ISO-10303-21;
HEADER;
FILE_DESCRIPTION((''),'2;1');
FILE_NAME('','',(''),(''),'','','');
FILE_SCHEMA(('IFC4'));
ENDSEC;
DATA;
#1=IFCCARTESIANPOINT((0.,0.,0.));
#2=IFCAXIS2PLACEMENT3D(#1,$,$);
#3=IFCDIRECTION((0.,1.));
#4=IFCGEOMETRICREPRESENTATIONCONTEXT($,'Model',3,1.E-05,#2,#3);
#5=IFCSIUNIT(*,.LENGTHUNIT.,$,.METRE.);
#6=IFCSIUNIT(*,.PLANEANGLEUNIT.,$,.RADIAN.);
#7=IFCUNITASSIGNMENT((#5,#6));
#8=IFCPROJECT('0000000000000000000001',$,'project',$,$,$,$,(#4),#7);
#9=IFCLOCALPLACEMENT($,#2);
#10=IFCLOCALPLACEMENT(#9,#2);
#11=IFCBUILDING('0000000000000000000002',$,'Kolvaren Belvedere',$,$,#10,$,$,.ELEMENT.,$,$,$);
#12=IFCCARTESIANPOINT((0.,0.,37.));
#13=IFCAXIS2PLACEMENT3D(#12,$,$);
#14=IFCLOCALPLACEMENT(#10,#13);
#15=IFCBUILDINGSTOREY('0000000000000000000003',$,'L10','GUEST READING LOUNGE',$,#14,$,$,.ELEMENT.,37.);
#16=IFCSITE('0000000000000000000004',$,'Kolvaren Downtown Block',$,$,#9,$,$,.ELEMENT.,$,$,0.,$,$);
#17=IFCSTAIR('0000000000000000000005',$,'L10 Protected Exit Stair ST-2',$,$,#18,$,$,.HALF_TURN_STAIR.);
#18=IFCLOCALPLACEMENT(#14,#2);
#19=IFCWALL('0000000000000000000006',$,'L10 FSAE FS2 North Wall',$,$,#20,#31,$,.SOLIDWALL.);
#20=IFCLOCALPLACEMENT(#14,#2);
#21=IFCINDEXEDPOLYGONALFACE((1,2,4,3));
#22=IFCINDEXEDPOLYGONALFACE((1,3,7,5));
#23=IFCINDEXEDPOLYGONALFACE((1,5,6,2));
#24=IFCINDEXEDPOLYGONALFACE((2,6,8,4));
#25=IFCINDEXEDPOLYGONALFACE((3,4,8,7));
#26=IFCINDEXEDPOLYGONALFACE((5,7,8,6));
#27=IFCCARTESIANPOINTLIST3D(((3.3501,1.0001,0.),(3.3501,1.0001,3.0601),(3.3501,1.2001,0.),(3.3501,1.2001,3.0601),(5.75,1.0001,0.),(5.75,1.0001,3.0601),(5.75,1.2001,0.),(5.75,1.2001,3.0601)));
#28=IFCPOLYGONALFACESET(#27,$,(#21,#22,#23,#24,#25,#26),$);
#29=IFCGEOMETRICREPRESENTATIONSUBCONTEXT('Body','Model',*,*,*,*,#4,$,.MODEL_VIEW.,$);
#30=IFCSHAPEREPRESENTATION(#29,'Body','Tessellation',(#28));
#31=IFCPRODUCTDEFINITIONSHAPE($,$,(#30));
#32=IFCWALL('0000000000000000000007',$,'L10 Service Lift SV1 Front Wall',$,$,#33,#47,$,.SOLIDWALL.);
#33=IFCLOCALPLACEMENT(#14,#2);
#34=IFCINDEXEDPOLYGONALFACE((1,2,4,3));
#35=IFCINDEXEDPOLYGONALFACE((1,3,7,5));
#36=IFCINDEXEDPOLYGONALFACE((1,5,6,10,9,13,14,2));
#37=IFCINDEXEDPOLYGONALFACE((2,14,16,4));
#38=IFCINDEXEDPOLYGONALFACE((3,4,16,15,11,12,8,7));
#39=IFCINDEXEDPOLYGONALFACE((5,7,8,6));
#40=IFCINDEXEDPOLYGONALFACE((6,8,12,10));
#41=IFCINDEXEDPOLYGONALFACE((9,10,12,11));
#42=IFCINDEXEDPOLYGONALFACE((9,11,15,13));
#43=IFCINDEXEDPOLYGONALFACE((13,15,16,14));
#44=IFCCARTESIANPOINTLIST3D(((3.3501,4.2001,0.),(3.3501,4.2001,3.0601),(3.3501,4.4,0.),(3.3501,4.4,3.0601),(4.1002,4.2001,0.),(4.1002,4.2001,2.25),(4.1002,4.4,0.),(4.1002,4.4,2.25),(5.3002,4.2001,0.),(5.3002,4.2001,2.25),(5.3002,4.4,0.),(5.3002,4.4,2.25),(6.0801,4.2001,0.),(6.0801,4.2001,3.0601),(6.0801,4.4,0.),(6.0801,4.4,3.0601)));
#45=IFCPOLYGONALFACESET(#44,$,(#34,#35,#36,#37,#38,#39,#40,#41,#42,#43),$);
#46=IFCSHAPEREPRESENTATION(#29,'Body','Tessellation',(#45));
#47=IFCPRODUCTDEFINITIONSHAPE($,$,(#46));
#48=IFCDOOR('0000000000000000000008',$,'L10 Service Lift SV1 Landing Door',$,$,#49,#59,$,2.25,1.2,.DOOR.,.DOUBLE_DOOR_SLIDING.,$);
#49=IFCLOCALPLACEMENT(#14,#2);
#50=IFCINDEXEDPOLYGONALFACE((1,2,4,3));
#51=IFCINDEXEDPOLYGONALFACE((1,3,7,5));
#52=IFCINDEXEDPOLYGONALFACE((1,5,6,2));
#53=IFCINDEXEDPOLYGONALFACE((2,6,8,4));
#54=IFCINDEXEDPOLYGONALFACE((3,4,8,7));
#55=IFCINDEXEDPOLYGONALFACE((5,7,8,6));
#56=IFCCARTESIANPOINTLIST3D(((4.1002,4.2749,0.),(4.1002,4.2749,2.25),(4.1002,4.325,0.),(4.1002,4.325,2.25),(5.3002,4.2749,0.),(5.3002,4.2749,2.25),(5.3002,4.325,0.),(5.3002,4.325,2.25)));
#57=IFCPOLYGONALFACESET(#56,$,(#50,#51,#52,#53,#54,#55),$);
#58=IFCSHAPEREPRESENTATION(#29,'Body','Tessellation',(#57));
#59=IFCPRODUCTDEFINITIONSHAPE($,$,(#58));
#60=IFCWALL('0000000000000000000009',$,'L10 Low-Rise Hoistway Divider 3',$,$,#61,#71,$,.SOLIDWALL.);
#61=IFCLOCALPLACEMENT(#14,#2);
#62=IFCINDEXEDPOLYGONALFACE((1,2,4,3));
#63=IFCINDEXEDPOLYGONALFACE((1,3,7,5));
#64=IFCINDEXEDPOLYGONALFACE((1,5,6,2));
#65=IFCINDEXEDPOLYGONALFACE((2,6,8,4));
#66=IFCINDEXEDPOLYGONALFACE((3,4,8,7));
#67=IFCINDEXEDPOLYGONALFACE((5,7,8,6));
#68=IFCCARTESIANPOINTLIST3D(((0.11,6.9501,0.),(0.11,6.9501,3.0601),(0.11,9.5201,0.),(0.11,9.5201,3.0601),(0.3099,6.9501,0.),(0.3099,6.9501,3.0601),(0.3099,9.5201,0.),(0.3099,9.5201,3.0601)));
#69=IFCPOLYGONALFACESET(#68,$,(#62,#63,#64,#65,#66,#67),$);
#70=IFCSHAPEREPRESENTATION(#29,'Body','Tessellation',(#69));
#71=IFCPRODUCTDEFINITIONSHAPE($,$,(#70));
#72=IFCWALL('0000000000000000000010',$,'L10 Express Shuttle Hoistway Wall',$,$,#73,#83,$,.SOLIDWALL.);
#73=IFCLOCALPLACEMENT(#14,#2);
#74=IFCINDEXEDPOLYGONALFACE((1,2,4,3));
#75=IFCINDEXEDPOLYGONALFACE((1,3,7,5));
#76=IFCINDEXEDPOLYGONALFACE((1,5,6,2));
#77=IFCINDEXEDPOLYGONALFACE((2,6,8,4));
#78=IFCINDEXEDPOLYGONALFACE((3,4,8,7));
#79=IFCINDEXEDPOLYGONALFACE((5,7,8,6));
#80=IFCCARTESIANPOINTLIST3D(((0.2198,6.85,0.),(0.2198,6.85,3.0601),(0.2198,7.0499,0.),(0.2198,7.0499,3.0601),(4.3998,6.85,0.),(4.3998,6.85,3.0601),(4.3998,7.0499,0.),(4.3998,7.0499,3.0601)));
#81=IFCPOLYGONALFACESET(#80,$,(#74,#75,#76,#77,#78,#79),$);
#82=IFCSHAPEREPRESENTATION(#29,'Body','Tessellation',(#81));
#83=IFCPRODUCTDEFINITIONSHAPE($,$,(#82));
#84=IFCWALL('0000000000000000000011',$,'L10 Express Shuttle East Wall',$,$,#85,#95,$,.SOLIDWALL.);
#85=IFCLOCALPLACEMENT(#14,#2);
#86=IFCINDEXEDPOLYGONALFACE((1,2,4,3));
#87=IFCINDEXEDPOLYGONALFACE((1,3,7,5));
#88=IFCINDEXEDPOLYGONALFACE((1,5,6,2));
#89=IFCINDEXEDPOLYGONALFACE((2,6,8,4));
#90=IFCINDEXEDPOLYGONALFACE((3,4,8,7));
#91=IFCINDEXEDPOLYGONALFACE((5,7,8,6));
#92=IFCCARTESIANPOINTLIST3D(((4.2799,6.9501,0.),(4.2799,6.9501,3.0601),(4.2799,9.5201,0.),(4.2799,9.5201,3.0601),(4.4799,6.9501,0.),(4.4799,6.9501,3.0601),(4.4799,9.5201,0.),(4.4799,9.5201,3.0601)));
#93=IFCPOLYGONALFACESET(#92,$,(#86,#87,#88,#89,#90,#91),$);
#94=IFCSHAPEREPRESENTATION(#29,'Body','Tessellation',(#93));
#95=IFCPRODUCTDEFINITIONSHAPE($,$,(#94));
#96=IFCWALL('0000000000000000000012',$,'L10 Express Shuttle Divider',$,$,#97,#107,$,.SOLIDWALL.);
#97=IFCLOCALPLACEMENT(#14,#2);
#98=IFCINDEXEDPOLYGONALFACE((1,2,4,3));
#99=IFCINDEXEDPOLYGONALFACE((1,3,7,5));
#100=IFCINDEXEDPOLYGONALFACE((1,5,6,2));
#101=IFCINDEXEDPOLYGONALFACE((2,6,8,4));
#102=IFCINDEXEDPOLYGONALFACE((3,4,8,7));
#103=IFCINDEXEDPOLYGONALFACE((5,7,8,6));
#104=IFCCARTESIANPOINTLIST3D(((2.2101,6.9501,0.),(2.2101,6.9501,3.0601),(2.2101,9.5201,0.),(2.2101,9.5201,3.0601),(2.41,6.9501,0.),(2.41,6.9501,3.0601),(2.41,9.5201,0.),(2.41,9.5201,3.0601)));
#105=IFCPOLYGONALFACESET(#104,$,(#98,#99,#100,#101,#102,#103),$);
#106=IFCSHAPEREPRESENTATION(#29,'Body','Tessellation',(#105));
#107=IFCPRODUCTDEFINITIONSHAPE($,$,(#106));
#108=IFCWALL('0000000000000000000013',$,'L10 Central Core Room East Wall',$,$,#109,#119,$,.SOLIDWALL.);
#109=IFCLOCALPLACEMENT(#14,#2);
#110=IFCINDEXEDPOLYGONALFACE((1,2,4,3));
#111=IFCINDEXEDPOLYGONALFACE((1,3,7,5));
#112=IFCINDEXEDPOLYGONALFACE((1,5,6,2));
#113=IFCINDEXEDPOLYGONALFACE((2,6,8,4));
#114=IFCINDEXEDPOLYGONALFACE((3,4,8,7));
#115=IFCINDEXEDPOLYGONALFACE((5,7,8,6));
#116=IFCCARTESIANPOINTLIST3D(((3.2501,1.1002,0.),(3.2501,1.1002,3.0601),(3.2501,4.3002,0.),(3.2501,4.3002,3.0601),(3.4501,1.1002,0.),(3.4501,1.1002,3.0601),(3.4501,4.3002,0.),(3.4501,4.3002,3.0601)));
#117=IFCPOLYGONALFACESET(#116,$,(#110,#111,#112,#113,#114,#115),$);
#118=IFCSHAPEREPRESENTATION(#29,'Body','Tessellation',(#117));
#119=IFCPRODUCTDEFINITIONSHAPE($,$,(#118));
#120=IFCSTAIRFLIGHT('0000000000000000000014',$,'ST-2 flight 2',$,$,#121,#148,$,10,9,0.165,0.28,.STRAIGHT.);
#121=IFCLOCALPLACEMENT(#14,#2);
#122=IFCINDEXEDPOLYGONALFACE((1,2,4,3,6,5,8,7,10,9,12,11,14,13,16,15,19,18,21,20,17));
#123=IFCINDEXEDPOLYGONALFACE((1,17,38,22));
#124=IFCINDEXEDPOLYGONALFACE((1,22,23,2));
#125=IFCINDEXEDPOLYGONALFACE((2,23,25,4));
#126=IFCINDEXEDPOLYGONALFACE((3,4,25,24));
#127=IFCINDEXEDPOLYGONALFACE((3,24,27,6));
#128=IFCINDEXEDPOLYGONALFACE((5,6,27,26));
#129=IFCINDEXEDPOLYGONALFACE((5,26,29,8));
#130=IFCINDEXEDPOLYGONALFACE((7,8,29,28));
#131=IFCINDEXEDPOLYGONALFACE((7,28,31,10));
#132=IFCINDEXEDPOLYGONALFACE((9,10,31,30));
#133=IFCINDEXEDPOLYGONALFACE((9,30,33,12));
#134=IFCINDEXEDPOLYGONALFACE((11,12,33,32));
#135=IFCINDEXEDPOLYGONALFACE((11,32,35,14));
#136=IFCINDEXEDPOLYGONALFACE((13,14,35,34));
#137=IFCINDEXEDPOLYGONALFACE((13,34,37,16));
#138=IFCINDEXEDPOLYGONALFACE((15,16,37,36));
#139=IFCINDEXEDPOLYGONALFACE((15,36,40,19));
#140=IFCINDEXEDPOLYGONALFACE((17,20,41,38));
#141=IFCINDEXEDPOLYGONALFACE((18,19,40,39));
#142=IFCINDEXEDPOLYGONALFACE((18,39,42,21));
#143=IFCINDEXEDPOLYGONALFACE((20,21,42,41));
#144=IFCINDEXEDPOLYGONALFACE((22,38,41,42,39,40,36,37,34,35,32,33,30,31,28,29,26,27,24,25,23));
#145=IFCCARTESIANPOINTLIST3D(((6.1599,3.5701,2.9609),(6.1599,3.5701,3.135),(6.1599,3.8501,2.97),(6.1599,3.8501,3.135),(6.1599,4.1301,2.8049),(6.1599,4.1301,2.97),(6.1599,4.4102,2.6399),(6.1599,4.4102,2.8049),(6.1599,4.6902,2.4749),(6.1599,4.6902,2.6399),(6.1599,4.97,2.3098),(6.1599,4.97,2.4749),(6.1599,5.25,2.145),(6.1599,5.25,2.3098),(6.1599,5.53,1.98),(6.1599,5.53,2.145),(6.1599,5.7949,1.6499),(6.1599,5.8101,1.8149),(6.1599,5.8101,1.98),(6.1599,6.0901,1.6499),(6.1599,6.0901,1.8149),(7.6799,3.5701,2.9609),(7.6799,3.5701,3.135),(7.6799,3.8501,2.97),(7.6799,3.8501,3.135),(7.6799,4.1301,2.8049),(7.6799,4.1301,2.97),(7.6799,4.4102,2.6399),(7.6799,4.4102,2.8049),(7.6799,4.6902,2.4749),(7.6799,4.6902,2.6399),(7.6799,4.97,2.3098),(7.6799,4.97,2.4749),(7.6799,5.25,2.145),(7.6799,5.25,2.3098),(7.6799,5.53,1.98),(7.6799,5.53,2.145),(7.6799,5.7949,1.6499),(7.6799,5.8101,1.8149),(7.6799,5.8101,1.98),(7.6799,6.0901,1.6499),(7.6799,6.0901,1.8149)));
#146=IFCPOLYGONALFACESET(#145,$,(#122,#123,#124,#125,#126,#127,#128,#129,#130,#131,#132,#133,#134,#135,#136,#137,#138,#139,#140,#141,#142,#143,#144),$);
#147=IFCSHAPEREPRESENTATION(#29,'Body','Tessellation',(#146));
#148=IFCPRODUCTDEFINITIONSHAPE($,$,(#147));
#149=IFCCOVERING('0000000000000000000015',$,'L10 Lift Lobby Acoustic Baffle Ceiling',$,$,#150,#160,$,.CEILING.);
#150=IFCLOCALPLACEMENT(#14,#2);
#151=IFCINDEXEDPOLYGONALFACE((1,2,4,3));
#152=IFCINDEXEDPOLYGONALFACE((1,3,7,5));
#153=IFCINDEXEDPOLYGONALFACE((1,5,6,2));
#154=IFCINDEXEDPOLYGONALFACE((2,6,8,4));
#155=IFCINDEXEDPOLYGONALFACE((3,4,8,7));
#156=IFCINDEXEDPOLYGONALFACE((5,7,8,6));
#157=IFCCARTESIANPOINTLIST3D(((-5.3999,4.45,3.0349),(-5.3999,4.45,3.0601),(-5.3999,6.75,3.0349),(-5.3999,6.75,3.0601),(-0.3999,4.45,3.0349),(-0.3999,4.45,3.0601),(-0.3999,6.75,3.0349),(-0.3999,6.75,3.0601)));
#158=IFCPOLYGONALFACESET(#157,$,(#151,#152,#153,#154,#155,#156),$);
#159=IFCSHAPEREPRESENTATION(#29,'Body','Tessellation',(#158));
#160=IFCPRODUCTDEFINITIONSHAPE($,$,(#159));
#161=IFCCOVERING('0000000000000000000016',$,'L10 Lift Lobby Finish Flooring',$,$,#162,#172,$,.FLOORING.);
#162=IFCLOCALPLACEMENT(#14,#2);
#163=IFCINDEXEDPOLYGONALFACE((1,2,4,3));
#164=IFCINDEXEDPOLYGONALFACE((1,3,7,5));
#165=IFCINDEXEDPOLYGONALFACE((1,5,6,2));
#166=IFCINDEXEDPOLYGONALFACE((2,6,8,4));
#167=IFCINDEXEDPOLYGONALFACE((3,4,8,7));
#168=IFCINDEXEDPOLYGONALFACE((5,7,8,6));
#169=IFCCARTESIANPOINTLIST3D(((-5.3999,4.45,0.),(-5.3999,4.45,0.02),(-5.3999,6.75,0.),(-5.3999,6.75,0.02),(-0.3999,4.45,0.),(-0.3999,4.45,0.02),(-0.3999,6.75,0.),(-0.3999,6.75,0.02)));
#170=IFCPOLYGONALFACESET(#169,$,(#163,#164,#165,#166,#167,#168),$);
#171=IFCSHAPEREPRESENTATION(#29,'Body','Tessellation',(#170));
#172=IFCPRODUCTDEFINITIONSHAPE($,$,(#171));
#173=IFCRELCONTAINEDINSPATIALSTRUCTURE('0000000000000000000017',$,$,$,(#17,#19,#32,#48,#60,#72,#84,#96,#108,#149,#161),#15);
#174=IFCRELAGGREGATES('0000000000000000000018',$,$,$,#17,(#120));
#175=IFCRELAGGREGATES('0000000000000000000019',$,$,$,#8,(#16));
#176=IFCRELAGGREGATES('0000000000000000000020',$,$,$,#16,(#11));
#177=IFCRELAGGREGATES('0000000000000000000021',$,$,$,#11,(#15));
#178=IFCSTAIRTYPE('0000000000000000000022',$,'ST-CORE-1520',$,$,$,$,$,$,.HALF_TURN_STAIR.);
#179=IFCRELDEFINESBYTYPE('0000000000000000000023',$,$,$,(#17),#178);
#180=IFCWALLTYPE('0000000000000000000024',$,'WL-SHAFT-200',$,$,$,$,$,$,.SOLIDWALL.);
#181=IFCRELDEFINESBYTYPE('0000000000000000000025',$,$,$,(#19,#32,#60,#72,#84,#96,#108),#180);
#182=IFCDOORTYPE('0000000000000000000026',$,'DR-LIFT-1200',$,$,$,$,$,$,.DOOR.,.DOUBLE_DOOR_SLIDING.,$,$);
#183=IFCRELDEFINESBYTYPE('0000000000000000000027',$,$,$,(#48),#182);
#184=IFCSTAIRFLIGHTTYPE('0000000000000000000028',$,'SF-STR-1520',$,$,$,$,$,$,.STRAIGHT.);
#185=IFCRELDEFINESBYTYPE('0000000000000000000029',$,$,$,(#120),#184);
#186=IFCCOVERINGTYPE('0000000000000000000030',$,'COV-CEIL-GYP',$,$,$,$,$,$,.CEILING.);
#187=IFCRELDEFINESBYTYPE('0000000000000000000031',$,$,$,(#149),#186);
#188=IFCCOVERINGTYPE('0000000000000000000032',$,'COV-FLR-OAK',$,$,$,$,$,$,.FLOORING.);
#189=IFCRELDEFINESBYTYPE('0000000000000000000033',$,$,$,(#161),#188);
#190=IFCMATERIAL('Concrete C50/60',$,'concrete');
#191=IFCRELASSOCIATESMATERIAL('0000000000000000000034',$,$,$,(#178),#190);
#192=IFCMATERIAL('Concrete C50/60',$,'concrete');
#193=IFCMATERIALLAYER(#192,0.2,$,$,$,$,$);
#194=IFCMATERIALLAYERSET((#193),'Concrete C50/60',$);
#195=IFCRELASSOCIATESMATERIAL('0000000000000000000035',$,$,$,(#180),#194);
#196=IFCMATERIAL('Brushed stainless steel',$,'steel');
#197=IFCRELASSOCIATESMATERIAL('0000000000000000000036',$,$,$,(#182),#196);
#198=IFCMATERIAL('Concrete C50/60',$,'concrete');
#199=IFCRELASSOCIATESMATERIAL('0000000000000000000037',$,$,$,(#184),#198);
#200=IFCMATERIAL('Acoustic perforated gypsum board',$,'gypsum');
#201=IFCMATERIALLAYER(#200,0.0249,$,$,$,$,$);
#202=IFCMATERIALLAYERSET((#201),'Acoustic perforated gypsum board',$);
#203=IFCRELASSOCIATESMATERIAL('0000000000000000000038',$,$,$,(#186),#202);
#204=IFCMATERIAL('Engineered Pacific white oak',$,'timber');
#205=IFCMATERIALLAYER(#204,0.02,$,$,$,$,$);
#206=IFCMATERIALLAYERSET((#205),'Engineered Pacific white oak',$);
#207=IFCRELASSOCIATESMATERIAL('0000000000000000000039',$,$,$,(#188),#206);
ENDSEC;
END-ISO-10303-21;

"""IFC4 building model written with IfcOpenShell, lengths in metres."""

from ifc_helpers import new_model, si_unit, direction, frame, frame_2d, origin, place, context, subcontext, project, spatial, polyline, rectangle, outline, extrude, material, layer, layer_set, type_object, element, fill, aggregate, save


model = new_model("IFC4")

# Units and contexts
model_context = context("Model", 3, precision=1e-05, world=origin(), true_north=direction((0.0, 1.0)))
body_context = subcontext(model_context, "Body", "Model", "MODEL_VIEW")
ifc_project = project(units=[si_unit("LENGTHUNIT", "METRE"), si_unit("PLANEANGLEUNIT", "RADIAN")], contexts=[model_context])

# Site, building, storey
site_placement = place(None, origin())
site = spatial("IfcSite", under=ifc_project, at=site_placement, Name="Kolvaren Downtown Block", CompositionType="ELEMENT", RefElevation=0.0)
building_placement = place(site_placement, origin())
building = spatial("IfcBuilding", under=site, at=building_placement, Name="Kolvaren Belvedere", CompositionType="ELEMENT")
storey_placement = place(building_placement, frame((0.0, 0.0, 37.0)))
storey = spatial("IfcBuildingStorey", under=building, at=storey_placement, Name="L10", Description="GUEST READING LOUNGE", CompositionType="ELEMENT", Elevation=37.0)

# Stair
ifc_material_1 = material(Name="Concrete C50/60", Category="concrete")
stair_type = type_object("IfcStairType", Name="ST-CORE-1520", PredefinedType="HALF_TURN_STAIR", material=ifc_material_1)
stair_1_placement = place(storey_placement, origin())
stair_1 = element("IfcStair", 1, at=stair_1_placement, inside=storey, type_object=stair_type, Name="L10 Protected Exit Stair ST-2", PredefinedType="HALF_TURN_STAIR")

# Shared definitions
ifc_material_2 = material(Name="Concrete C50/60", Category="concrete")
ifc_layer_1 = layer(ifc_material_2, 0.2)
ifc_layer_set_1 = layer_set([ifc_layer_1], Name="Concrete C50/60")
wall_type_1 = type_object("IfcWallType", Name="WL-SHAFT-200", PredefinedType="SOLIDWALL", material=ifc_layer_set_1)

# Wall
for number, where, z_axis, x_axis, name in (
    (2, (3.3501, 1.1001, 0.0), (0.0, 0.0, 1.0), (1.0, 0.0, 0.0), "L10 FSAE FS2 North Wall"),
):
    element("IfcWall", number, at=place(storey_placement, frame(where, z_axis=z_axis, x_axis=x_axis)), inside=storey, type_object=wall_type_1, Name=name, PredefinedType="SOLIDWALL", context=body_context, shape_type="SweptSolid", body=[
        extrude(rectangle(XDim=2.3999, YDim=0.2, at=frame_2d((1.2, 0.0))), origin(), (0.0, 0.0, 1.0), 3.0601),
    ])

# Wall, opening, door
wall_1_placement = place(storey_placement, frame((3.3501, 4.3, 0.0), z_axis=(0.0, 0.0, 1.0), x_axis=(1.0, 0.0, 0.0)))
wall_1 = element("IfcWall", 3, at=wall_1_placement, inside=storey, type_object=wall_type_1, Name="L10 Service Lift SV1 Front Wall", PredefinedType="SOLIDWALL", context=body_context, shape_type="SweptSolid", body=[
    extrude(rectangle(XDim=2.73, YDim=0.2, at=frame_2d((1.365, 0.0))), origin(), (0.0, 0.0, 1.0), 3.0601),
])
opening_1_placement = place(wall_1_placement, frame((0.75, 0.0, 0.0)))
opening_1 = element("IfcOpeningElement", 4, at=opening_1_placement, cuts=wall_1, PredefinedType="OPENING", context=body_context, shape_type="SweptSolid", body=[
    extrude(rectangle(XDim=1.2, YDim=2.25, at=frame_2d((0.6001, 1.125))), frame((0.0, 0.1099, 0.0), z_axis=(0.0, -1.0, 0.0), x_axis=(1.0, 0.0, 0.0)), (0.0, 0.0, 1.0), 0.22),
])
ifc_material_3 = material(Name="Brushed stainless steel", Category="steel")
door_type_1 = type_object("IfcDoorType", Name="DR-LIFT-1200", OperationType="DOUBLE_DOOR_SLIDING", PredefinedType="DOOR", material=ifc_material_3)
door_1_placement = place(opening_1_placement, origin())
door_1 = element("IfcDoor", 5, at=door_1_placement, inside=storey, type_object=door_type_1, Name="L10 Service Lift SV1 Landing Door", OperationType="DOUBLE_DOOR_SLIDING", OverallHeight=2.25, OverallWidth=1.2, PredefinedType="DOOR", context=body_context, shape_type="SweptSolid", body=[
    extrude(rectangle(XDim=1.2, YDim=2.25, at=frame_2d((0.6001, 1.125))), frame((0.0, 0.0249, 0.0), z_axis=(0.0, -1.0, 0.0), x_axis=(1.0, 0.0, 0.0)), (0.0, 0.0, 1.0), 0.05),
])
fill(opening_1, door_1)

# Walls
wall_2_placement = place(storey_placement, frame((0.21, 6.95, 0.0), z_axis=(0.0, 0.0, 1.0), x_axis=(0.0, 1.0, 0.0)))
element("IfcWall", 6, at=wall_2_placement, inside=storey, type_object=wall_type_1, Name="L10 Low-Rise Hoistway Divider 3", PredefinedType="SOLIDWALL", context=body_context, shape_type="SweptSolid", body=[
    extrude(rectangle(XDim=2.5701, YDim=0.2, at=frame_2d((1.2852, 0.0))), origin(), (0.0, 0.0, 1.0), 3.0601),
])
wall_3_placement = place(storey_placement, frame((0.22, 6.95, 0.0), z_axis=(0.0, 0.0, 1.0), x_axis=(1.0, 0.0, 0.0)))
element("IfcWall", 7, at=wall_3_placement, inside=storey, type_object=wall_type_1, Name="L10 Express Shuttle Hoistway Wall", PredefinedType="SOLIDWALL", context=body_context, shape_type="SweptSolid", body=[
    extrude(rectangle(XDim=4.1799, YDim=0.2, at=frame_2d((2.0898, 0.0))), origin(), (0.0, 0.0, 1.0), 3.0601),
])
for number, where, z_axis, x_axis, name in (
    (8, (4.3799, 6.95, 0.0), (0.0, 0.0, 1.0), (0.0, 1.0, 0.0), "L10 Express Shuttle East Wall"),
    (9, (2.3101, 6.95, 0.0), (0.0, 0.0, 1.0), (0.0, 1.0, 0.0), "L10 Express Shuttle Divider"),
):
    element("IfcWall", number, at=place(storey_placement, frame(where, z_axis=z_axis, x_axis=x_axis)), inside=storey, type_object=wall_type_1, Name=name, PredefinedType="SOLIDWALL", context=body_context, shape_type="SweptSolid", body=[
        extrude(rectangle(XDim=2.5701, YDim=0.2, at=frame_2d((1.2852, 0.0))), origin(), (0.0, 0.0, 1.0), 3.0601),
    ])
wall_4_placement = place(storey_placement, frame((3.3501, 1.1001, 0.0), z_axis=(0.0, 0.0, 1.0), x_axis=(0.0, 1.0, 0.0)))
element("IfcWall", 10, at=wall_4_placement, inside=storey, type_object=wall_type_1, Name="L10 Central Core Room East Wall", PredefinedType="SOLIDWALL", context=body_context, shape_type="SweptSolid", body=[
    extrude(rectangle(XDim=3.2, YDim=0.2, at=frame_2d((1.6001, 0.0))), origin(), (0.0, 0.0, 1.0), 3.0601),
])

# Stair flight
ifc_material_4 = material(Name="Concrete C50/60", Category="concrete")
stair_flight_type = type_object("IfcStairFlightType", Name="SF-STR-1520", PredefinedType="STRAIGHT", material=ifc_material_4)
stair_flight_placement = place(storey_placement, frame((6.9199, 6.0901, 1.6499), z_axis=(0.0, 0.0, 1.0), x_axis=(0.0, -1.0, 0.0)))
stair_flight = element("IfcStairFlight", 11, at=stair_flight_placement, type_object=stair_flight_type, Name="ST-2 flight 2", NumberOfRisers=10, NumberOfTreads=9, PredefinedType="STRAIGHT", RiserHeight=0.165, TreadLength=0.28, context=body_context, shape_type="SweptSolid", body=[
    extrude(outline(polyline([(0.0, 0.0), (0.0, 0.165), (0.28, 0.165), (0.28, 0.3301), (0.5601, 0.3301), (0.5601, 0.4951), (0.8401, 0.4951), (0.8401, 0.6599), (1.1201, 0.6599), (1.1201, 0.825), (1.3999, 0.825), (1.3999, 0.99), (1.6799, 0.99), (1.6799, 1.155), (1.96, 1.155), (1.96, 1.3201), (2.24, 1.3201), (2.24, 1.4851), (2.52, 1.4851), (2.52, 1.6499), (2.52, 1.311), (0.2952, 0.0), (0.0, 0.0)])), frame((0.0, 0.76, 0.0), z_axis=(0.0, -1.0, 0.0), x_axis=(1.0, 0.0, 0.0)), (0.0, 0.0, 1.0), 1.52),
])
aggregate(stair_1, [stair_flight])

# Coverings
ifc_material_5 = material(Name="Acoustic perforated gypsum board", Category="gypsum")
ifc_layer_2 = layer(ifc_material_5, 0.0249)
ifc_layer_set_2 = layer_set([ifc_layer_2], Name="Acoustic perforated gypsum board")
covering_type_1 = type_object("IfcCoveringType", Name="COV-CEIL-GYP", PredefinedType="CEILING", material=ifc_layer_set_2)
covering_1_placement = place(storey_placement, frame((0.0, 0.0, 3.0349)))
element("IfcCovering", 12, at=covering_1_placement, inside=storey, type_object=covering_type_1, Name="L10 Lift Lobby Acoustic Baffle Ceiling", PredefinedType="CEILING", context=body_context, shape_type="SweptSolid", body=[
    extrude(outline(polyline([(-5.3999, 4.45), (-0.3999, 4.45), (-0.3999, 6.75), (-5.3999, 6.75), (-5.3999, 4.45)])), origin(), (0.0, 0.0, 1.0), 0.0251),
])
ifc_material_6 = material(Name="Engineered Pacific white oak", Category="timber")
ifc_layer_3 = layer(ifc_material_6, 0.02)
ifc_layer_set_3 = layer_set([ifc_layer_3], Name="Engineered Pacific white oak")
covering_type_2 = type_object("IfcCoveringType", Name="COV-FLR-OAK", PredefinedType="FLOORING", material=ifc_layer_set_3)
covering_2_placement = place(storey_placement, origin())
element("IfcCovering", 13, at=covering_2_placement, inside=storey, type_object=covering_type_2, Name="L10 Lift Lobby Finish Flooring", PredefinedType="FLOORING", context=body_context, shape_type="SweptSolid", body=[
    extrude(outline(polyline([(-5.3999, 4.45), (-0.3999, 4.45), (-0.3999, 6.75), (-5.3999, 6.75), (-5.3999, 4.45)])), origin(), (0.0, 0.0, 1.0), 0.02),
])

save(model, "model.ifc")
